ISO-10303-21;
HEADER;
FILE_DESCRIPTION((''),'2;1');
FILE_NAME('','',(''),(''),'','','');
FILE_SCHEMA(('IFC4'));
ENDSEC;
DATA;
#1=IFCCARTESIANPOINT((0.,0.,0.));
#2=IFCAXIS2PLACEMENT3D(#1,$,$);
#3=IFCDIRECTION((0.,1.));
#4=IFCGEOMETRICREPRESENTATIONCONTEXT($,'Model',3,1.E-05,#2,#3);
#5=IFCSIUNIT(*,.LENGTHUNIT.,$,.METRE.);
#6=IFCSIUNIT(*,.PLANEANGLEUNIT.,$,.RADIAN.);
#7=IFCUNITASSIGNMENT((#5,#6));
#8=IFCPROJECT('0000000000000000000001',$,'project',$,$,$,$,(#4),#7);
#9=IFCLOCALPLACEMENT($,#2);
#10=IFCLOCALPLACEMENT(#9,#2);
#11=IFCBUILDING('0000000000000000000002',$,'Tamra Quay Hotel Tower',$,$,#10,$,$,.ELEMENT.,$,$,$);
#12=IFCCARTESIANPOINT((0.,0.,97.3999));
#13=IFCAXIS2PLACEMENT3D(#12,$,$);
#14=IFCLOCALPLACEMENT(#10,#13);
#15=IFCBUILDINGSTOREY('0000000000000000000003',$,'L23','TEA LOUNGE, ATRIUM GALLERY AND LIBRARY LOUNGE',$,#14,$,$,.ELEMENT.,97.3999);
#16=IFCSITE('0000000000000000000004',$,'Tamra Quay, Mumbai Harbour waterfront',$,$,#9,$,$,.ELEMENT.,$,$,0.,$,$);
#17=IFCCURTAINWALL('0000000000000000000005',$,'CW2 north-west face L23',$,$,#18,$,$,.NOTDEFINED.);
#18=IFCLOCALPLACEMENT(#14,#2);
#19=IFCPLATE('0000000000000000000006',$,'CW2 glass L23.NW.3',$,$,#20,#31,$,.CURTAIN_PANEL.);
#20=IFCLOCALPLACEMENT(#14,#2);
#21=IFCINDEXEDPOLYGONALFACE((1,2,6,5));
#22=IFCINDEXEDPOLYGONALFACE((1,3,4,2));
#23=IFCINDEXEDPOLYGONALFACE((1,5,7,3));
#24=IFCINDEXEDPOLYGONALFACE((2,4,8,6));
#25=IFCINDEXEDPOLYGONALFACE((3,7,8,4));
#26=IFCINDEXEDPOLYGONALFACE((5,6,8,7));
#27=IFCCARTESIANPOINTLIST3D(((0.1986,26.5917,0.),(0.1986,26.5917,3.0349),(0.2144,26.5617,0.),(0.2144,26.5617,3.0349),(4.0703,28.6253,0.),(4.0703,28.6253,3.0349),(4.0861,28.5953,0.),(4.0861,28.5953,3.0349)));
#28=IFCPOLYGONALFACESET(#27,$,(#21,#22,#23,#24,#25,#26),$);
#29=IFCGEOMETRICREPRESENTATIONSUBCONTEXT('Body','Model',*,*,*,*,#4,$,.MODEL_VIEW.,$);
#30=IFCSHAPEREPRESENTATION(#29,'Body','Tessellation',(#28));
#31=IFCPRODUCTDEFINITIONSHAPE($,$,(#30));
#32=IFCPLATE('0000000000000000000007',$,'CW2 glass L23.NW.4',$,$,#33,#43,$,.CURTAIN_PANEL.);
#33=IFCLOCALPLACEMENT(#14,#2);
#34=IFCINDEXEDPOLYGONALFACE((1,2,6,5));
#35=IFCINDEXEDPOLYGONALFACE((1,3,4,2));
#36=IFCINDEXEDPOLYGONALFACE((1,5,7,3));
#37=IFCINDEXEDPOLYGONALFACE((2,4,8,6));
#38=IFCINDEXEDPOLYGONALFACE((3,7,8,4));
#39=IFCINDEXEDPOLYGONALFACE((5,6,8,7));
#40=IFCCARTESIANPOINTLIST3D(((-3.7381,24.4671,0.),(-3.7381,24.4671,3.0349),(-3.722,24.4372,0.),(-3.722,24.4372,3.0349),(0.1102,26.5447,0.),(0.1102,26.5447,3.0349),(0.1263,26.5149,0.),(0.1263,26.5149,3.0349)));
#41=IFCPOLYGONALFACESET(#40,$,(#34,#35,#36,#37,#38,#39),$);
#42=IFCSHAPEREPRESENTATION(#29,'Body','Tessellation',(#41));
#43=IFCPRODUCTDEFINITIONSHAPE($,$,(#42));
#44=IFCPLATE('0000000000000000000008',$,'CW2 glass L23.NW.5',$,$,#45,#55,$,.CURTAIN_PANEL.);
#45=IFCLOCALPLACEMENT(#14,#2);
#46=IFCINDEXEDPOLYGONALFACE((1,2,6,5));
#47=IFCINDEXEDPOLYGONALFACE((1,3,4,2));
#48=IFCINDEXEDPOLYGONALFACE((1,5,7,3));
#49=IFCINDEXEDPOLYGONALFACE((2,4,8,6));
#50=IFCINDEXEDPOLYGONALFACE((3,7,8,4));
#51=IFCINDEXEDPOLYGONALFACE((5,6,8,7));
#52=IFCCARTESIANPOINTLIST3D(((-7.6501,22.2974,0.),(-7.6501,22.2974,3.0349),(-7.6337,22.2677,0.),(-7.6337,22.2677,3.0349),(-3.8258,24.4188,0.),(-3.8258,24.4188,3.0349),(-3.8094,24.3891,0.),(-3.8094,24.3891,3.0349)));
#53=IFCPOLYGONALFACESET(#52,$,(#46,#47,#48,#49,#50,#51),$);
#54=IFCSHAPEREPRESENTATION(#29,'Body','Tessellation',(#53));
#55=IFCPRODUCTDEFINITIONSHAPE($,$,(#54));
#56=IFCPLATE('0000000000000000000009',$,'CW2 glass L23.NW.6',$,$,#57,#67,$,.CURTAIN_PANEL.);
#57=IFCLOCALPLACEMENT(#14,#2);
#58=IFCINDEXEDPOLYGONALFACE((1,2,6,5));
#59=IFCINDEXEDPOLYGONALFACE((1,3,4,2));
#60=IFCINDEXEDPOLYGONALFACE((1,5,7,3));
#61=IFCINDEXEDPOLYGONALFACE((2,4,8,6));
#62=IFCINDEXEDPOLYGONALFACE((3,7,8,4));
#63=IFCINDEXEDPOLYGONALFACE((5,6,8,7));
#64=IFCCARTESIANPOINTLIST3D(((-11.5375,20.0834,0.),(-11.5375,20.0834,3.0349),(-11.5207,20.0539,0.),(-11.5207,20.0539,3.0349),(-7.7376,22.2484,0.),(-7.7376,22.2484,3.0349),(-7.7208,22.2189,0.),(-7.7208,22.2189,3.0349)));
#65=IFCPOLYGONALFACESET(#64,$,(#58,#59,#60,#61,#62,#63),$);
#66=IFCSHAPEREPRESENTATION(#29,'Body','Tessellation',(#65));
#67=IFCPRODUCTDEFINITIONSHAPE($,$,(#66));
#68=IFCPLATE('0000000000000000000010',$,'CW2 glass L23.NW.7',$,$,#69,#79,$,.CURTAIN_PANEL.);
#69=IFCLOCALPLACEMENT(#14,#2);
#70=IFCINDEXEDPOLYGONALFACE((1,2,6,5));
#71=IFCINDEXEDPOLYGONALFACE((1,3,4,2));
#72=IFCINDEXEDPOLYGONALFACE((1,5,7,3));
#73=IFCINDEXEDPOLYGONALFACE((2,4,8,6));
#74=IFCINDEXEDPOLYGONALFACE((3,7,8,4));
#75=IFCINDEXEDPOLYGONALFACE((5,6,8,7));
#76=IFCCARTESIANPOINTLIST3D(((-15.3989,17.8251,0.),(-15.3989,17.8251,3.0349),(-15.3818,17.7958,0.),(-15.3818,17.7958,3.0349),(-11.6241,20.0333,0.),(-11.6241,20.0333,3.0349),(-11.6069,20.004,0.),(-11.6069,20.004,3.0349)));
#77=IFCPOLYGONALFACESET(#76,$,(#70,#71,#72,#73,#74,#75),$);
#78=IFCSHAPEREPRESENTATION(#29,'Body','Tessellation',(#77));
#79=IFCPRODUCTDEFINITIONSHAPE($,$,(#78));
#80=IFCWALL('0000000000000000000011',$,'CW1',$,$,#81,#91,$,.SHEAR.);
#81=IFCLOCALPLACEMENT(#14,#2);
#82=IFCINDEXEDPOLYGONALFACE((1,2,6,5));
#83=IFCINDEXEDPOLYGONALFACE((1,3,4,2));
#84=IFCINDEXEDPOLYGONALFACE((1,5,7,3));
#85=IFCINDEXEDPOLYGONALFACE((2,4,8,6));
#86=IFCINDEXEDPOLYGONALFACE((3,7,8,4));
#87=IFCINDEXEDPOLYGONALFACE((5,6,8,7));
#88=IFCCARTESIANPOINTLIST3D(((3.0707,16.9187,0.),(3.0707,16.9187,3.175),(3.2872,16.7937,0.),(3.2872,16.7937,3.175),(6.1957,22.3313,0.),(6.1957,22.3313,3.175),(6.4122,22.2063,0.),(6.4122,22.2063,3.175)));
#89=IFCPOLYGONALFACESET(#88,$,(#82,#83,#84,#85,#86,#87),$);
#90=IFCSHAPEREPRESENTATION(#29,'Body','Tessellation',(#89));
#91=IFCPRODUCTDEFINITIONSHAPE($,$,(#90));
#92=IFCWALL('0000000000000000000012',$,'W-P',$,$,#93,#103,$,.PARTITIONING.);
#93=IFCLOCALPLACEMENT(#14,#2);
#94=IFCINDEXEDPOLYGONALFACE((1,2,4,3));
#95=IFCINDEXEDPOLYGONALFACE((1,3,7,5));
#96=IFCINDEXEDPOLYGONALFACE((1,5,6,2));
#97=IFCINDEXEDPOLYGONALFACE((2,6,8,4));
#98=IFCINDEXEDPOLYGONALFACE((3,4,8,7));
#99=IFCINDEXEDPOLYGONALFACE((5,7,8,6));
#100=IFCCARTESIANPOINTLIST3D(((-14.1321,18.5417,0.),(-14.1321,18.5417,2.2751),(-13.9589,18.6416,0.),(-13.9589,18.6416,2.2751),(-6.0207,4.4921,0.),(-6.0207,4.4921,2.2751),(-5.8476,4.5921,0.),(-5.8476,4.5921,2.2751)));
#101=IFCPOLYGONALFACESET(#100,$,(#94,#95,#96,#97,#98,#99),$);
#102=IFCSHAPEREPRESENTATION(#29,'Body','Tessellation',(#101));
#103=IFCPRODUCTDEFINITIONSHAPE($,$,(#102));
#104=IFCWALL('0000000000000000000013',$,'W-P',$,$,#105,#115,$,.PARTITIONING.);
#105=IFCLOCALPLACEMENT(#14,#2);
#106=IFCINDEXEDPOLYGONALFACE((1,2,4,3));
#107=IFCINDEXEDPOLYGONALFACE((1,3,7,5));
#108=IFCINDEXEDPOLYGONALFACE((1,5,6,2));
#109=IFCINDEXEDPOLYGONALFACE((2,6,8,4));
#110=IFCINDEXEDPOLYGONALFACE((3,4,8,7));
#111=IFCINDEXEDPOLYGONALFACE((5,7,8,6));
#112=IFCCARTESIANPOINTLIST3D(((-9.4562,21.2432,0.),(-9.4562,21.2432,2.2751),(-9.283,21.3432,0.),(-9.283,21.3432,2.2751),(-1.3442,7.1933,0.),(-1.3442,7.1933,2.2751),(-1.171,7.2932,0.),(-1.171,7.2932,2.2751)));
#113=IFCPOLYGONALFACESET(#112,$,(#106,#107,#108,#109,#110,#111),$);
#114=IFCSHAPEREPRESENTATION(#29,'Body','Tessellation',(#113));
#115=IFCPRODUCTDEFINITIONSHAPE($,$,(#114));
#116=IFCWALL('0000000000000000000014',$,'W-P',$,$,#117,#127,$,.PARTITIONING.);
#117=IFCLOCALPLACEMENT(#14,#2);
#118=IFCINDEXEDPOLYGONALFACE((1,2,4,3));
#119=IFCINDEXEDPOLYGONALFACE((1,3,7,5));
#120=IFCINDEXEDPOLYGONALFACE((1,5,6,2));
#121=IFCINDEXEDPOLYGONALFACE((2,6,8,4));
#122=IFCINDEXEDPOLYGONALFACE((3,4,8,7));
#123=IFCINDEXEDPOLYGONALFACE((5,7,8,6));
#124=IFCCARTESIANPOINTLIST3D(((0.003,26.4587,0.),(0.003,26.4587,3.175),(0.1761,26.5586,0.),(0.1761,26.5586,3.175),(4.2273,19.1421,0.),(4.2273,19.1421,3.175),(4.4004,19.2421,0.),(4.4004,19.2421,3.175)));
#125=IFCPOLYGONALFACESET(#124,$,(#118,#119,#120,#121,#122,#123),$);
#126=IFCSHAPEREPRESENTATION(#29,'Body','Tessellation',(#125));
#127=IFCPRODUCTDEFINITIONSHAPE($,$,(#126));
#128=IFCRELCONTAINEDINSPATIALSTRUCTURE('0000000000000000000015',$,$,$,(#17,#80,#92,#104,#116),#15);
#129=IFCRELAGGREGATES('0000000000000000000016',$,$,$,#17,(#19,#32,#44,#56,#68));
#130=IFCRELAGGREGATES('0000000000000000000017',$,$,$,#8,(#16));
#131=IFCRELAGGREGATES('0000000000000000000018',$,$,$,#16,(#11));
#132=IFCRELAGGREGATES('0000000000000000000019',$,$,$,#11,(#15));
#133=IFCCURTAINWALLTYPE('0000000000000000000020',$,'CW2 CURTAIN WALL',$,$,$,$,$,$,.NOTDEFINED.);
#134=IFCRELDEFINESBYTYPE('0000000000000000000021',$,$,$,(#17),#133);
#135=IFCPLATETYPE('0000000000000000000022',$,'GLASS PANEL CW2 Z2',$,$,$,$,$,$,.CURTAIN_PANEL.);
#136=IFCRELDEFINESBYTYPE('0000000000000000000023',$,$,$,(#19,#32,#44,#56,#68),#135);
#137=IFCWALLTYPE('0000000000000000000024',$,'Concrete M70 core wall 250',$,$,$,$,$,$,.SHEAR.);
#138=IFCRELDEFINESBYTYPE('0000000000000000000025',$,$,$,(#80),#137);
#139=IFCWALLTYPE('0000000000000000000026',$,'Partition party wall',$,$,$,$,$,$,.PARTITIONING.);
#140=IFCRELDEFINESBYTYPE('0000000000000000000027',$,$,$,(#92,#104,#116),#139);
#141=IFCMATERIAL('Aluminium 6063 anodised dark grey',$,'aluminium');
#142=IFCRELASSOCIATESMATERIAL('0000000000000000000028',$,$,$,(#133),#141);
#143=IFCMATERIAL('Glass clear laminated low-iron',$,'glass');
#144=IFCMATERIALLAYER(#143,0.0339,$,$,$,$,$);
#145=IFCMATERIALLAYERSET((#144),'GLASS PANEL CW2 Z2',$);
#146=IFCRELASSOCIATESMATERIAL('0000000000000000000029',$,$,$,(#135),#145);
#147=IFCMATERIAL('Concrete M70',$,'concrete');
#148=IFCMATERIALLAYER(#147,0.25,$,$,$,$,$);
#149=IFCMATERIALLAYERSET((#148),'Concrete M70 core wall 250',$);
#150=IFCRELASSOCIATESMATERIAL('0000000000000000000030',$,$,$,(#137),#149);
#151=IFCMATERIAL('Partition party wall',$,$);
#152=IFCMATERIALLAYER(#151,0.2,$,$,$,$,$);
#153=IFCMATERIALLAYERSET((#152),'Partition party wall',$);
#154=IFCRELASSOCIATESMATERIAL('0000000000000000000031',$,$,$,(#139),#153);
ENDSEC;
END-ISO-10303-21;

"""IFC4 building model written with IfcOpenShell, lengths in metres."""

from ifc_helpers import new_model, si_unit, direction, frame, frame_2d, origin, origin_2d, place, context, subcontext, project, spatial, rectangle, extrude, material, layer, layer_set, type_object, element, aggregate, save


model = new_model("IFC4")

# Units and contexts
model_context = context("Model", 3, precision=1e-05, world=origin(), true_north=direction((0.0, 1.0)))
body_context = subcontext(model_context, "Body", "Model", "MODEL_VIEW")
ifc_project = project(units=[si_unit("LENGTHUNIT", "METRE"), si_unit("PLANEANGLEUNIT", "RADIAN")], contexts=[model_context])

# Site, building, storey
site_placement = place(None, origin())
site = spatial("IfcSite", under=ifc_project, at=site_placement, Name="Tamra Quay, Mumbai Harbour waterfront", CompositionType="ELEMENT", RefElevation=0.0)
building_placement = place(site_placement, origin())
building = spatial("IfcBuilding", under=site, at=building_placement, Name="Tamra Quay Hotel Tower", CompositionType="ELEMENT")
storey_placement = place(building_placement, frame((0.0, 0.0, 97.3999)))
storey = spatial("IfcBuildingStorey", under=building, at=storey_placement, Name="L23", Description="TEA LOUNGE, ATRIUM GALLERY AND LIBRARY LOUNGE", CompositionType="ELEMENT", Elevation=97.3999)

# Shared definitions
ifc_material_1 = material(Name="Concrete M70", Category="concrete")

# Curtain wall
ifc_material_2 = material(Name="Aluminium 6063 anodised dark grey", Category="aluminium")
curtain_wall_type = type_object("IfcCurtainWallType", Name="CW2 CURTAIN WALL", PredefinedType="NOTDEFINED", material=ifc_material_2)
curtain_wall_placement = place(storey_placement, origin())
curtain_wall = element("IfcCurtainWall", 1, at=curtain_wall_placement, inside=storey, type_object=curtain_wall_type, Name="CW2 north-west face L23", PredefinedType="NOTDEFINED")

# Plates
ifc_material_3 = material(Name="Glass clear laminated low-iron", Category="glass")
ifc_layer_1 = layer(ifc_material_3, 0.0339)
ifc_layer_set_1 = layer_set([ifc_layer_1], Name="GLASS PANEL CW2 Z2")
plate_type = type_object("IfcPlateType", Name="GLASS PANEL CW2 Z2", PredefinedType="CURTAIN_PANEL", material=ifc_layer_set_1)
plate_1_placement = place(storey_placement, frame((2.1423, 27.5935, 0.0), z_axis=(0.0, 0.0, 1.0), x_axis=(-0.885306, -0.465009, 0.0)))
plate_1 = element("IfcPlate", 2, at=plate_1_placement, type_object=plate_type, Name="CW2 glass L23.NW.3", PredefinedType="CURTAIN_PANEL", context=body_context, shape_type="SweptSolid", body=[
    extrude(rectangle(XDim=4.3733, YDim=0.0339, at=origin_2d()), origin(), (0.0, 0.0, 1.0), 3.0349),
])
plate_2_placement = place(storey_placement, frame((-1.8059, 25.491, 0.0), z_axis=(0.0, 0.0, 1.0), x_axis=(-0.879946, -0.475074, 0.0)))
plate_2 = element("IfcPlate", 3, at=plate_2_placement, type_object=plate_type, Name="CW2 glass L23.NW.4", PredefinedType="CURTAIN_PANEL", context=body_context, shape_type="SweptSolid", body=[
    extrude(rectangle(XDim=4.3733, YDim=0.0339, at=origin_2d()), origin(), (0.0, 0.0, 1.0), 3.0349),
])
plate_3_placement = place(storey_placement, frame((-5.7297, 23.3433, 0.0), z_axis=(0.0, 0.0, 1.0), x_axis=(-0.874465, -0.485088, 0.0)))
plate_3 = element("IfcPlate", 4, at=plate_3_placement, type_object=plate_type, Name="CW2 glass L23.NW.5", PredefinedType="CURTAIN_PANEL", context=body_context, shape_type="SweptSolid", body=[
    extrude(rectangle(XDim=4.3733, YDim=0.0339, at=origin_2d()), origin(), (0.0, 0.0, 1.0), 3.0349),
])
plate_4_placement = place(storey_placement, frame((-9.6292, 21.1511, 0.0), z_axis=(0.0, 0.0, 1.0), x_axis=(-0.868868, -0.495045, 0.0)))
plate_4 = element("IfcPlate", 5, at=plate_4_placement, type_object=plate_type, Name="CW2 glass L23.NW.6", PredefinedType="CURTAIN_PANEL", context=body_context, shape_type="SweptSolid", body=[
    extrude(rectangle(XDim=4.3733, YDim=0.0339, at=origin_2d()), origin(), (0.0, 0.0, 1.0), 3.0349),
])
plate_5_placement = place(storey_placement, frame((-13.5029, 18.9146, 0.0), z_axis=(0.0, 0.0, 1.0), x_axis=(-0.863155, -0.504939, 0.0)))
plate_5 = element("IfcPlate", 6, at=plate_5_placement, type_object=plate_type, Name="CW2 glass L23.NW.7", PredefinedType="CURTAIN_PANEL", context=body_context, shape_type="SweptSolid", body=[
    extrude(rectangle(XDim=4.3733, YDim=0.0339, at=origin_2d()), origin(), (0.0, 0.0, 1.0), 3.0349),
])
aggregate(curtain_wall, [plate_1, plate_2, plate_3, plate_4, plate_5])

# Walls
ifc_layer_2 = layer(ifc_material_1, 0.25)
ifc_layer_set_2 = layer_set([ifc_layer_2], Name="Concrete M70 core wall 250")
wall_type_1 = type_object("IfcWallType", Name="Concrete M70 core wall 250", PredefinedType="SHEAR", material=ifc_layer_set_2)
wall_1_placement = place(storey_placement, frame((3.179, 16.8562, 0.0), z_axis=(0.0, 0.0, 1.0), x_axis=(0.500004, 0.866023, 0.0)))
element("IfcWall", 7, at=wall_1_placement, inside=storey, type_object=wall_type_1, Name="CW1", PredefinedType="SHEAR", context=body_context, shape_type="SweptSolid", body=[
    extrude(rectangle(XDim=6.25, YDim=0.25, at=frame_2d((3.125, 0.0))), origin(), (0.0, 0.0, 1.0), 3.175),
])
ifc_material_4 = material(Name="Partition party wall")
ifc_layer_3 = layer(ifc_material_4, 0.2)
ifc_layer_set_3 = layer_set([ifc_layer_3], Name="Partition party wall")
wall_type_2 = type_object("IfcWallType", Name="Partition party wall", PredefinedType="PARTITIONING", material=ifc_layer_set_3)
wall_2_placement = place(storey_placement, frame((-14.0454, 18.5916, 0.0), z_axis=(0.0, 0.0, 1.0), x_axis=(0.499991, -0.86603, 0.0)))
element("IfcWall", 8, at=wall_2_placement, inside=storey, type_object=wall_type_2, Name="W-P", PredefinedType="PARTITIONING", context=body_context, shape_type="SweptSolid", body=[
    extrude(rectangle(XDim=16.2229, YDim=0.2, at=frame_2d((8.1113, 0.0))), origin(), (0.0, 0.0, 1.0), 2.2751),
])
wall_3_placement = place(storey_placement, frame((-9.3696, 21.2932, 0.0), z_axis=(0.0, 0.0, 1.0), x_axis=(0.500012, -0.866018, 0.0)))
element("IfcWall", 9, at=wall_3_placement, inside=storey, type_object=wall_type_2, Name="W-P", PredefinedType="PARTITIONING", context=body_context, shape_type="SweptSolid", body=[
    extrude(rectangle(XDim=16.2236, YDim=0.2, at=frame_2d((8.1118, 0.0))), origin(), (0.0, 0.0, 1.0), 2.2751),
])
wall_4_placement = place(storey_placement, frame((0.0896, 26.5085, 0.0), z_axis=(0.0, 0.0, 1.0), x_axis=(0.500008, -0.866021, 0.0)))
element("IfcWall", 10, at=wall_4_placement, inside=storey, type_object=wall_type_2, Name="W-P", PredefinedType="PARTITIONING", context=body_context, shape_type="SweptSolid", body=[
    extrude(rectangle(XDim=8.4485, YDim=0.2, at=frame_2d((4.2241, 0.0))), origin(), (0.0, 0.0, 1.0), 3.175),
])

save(model, "model.ifc")
